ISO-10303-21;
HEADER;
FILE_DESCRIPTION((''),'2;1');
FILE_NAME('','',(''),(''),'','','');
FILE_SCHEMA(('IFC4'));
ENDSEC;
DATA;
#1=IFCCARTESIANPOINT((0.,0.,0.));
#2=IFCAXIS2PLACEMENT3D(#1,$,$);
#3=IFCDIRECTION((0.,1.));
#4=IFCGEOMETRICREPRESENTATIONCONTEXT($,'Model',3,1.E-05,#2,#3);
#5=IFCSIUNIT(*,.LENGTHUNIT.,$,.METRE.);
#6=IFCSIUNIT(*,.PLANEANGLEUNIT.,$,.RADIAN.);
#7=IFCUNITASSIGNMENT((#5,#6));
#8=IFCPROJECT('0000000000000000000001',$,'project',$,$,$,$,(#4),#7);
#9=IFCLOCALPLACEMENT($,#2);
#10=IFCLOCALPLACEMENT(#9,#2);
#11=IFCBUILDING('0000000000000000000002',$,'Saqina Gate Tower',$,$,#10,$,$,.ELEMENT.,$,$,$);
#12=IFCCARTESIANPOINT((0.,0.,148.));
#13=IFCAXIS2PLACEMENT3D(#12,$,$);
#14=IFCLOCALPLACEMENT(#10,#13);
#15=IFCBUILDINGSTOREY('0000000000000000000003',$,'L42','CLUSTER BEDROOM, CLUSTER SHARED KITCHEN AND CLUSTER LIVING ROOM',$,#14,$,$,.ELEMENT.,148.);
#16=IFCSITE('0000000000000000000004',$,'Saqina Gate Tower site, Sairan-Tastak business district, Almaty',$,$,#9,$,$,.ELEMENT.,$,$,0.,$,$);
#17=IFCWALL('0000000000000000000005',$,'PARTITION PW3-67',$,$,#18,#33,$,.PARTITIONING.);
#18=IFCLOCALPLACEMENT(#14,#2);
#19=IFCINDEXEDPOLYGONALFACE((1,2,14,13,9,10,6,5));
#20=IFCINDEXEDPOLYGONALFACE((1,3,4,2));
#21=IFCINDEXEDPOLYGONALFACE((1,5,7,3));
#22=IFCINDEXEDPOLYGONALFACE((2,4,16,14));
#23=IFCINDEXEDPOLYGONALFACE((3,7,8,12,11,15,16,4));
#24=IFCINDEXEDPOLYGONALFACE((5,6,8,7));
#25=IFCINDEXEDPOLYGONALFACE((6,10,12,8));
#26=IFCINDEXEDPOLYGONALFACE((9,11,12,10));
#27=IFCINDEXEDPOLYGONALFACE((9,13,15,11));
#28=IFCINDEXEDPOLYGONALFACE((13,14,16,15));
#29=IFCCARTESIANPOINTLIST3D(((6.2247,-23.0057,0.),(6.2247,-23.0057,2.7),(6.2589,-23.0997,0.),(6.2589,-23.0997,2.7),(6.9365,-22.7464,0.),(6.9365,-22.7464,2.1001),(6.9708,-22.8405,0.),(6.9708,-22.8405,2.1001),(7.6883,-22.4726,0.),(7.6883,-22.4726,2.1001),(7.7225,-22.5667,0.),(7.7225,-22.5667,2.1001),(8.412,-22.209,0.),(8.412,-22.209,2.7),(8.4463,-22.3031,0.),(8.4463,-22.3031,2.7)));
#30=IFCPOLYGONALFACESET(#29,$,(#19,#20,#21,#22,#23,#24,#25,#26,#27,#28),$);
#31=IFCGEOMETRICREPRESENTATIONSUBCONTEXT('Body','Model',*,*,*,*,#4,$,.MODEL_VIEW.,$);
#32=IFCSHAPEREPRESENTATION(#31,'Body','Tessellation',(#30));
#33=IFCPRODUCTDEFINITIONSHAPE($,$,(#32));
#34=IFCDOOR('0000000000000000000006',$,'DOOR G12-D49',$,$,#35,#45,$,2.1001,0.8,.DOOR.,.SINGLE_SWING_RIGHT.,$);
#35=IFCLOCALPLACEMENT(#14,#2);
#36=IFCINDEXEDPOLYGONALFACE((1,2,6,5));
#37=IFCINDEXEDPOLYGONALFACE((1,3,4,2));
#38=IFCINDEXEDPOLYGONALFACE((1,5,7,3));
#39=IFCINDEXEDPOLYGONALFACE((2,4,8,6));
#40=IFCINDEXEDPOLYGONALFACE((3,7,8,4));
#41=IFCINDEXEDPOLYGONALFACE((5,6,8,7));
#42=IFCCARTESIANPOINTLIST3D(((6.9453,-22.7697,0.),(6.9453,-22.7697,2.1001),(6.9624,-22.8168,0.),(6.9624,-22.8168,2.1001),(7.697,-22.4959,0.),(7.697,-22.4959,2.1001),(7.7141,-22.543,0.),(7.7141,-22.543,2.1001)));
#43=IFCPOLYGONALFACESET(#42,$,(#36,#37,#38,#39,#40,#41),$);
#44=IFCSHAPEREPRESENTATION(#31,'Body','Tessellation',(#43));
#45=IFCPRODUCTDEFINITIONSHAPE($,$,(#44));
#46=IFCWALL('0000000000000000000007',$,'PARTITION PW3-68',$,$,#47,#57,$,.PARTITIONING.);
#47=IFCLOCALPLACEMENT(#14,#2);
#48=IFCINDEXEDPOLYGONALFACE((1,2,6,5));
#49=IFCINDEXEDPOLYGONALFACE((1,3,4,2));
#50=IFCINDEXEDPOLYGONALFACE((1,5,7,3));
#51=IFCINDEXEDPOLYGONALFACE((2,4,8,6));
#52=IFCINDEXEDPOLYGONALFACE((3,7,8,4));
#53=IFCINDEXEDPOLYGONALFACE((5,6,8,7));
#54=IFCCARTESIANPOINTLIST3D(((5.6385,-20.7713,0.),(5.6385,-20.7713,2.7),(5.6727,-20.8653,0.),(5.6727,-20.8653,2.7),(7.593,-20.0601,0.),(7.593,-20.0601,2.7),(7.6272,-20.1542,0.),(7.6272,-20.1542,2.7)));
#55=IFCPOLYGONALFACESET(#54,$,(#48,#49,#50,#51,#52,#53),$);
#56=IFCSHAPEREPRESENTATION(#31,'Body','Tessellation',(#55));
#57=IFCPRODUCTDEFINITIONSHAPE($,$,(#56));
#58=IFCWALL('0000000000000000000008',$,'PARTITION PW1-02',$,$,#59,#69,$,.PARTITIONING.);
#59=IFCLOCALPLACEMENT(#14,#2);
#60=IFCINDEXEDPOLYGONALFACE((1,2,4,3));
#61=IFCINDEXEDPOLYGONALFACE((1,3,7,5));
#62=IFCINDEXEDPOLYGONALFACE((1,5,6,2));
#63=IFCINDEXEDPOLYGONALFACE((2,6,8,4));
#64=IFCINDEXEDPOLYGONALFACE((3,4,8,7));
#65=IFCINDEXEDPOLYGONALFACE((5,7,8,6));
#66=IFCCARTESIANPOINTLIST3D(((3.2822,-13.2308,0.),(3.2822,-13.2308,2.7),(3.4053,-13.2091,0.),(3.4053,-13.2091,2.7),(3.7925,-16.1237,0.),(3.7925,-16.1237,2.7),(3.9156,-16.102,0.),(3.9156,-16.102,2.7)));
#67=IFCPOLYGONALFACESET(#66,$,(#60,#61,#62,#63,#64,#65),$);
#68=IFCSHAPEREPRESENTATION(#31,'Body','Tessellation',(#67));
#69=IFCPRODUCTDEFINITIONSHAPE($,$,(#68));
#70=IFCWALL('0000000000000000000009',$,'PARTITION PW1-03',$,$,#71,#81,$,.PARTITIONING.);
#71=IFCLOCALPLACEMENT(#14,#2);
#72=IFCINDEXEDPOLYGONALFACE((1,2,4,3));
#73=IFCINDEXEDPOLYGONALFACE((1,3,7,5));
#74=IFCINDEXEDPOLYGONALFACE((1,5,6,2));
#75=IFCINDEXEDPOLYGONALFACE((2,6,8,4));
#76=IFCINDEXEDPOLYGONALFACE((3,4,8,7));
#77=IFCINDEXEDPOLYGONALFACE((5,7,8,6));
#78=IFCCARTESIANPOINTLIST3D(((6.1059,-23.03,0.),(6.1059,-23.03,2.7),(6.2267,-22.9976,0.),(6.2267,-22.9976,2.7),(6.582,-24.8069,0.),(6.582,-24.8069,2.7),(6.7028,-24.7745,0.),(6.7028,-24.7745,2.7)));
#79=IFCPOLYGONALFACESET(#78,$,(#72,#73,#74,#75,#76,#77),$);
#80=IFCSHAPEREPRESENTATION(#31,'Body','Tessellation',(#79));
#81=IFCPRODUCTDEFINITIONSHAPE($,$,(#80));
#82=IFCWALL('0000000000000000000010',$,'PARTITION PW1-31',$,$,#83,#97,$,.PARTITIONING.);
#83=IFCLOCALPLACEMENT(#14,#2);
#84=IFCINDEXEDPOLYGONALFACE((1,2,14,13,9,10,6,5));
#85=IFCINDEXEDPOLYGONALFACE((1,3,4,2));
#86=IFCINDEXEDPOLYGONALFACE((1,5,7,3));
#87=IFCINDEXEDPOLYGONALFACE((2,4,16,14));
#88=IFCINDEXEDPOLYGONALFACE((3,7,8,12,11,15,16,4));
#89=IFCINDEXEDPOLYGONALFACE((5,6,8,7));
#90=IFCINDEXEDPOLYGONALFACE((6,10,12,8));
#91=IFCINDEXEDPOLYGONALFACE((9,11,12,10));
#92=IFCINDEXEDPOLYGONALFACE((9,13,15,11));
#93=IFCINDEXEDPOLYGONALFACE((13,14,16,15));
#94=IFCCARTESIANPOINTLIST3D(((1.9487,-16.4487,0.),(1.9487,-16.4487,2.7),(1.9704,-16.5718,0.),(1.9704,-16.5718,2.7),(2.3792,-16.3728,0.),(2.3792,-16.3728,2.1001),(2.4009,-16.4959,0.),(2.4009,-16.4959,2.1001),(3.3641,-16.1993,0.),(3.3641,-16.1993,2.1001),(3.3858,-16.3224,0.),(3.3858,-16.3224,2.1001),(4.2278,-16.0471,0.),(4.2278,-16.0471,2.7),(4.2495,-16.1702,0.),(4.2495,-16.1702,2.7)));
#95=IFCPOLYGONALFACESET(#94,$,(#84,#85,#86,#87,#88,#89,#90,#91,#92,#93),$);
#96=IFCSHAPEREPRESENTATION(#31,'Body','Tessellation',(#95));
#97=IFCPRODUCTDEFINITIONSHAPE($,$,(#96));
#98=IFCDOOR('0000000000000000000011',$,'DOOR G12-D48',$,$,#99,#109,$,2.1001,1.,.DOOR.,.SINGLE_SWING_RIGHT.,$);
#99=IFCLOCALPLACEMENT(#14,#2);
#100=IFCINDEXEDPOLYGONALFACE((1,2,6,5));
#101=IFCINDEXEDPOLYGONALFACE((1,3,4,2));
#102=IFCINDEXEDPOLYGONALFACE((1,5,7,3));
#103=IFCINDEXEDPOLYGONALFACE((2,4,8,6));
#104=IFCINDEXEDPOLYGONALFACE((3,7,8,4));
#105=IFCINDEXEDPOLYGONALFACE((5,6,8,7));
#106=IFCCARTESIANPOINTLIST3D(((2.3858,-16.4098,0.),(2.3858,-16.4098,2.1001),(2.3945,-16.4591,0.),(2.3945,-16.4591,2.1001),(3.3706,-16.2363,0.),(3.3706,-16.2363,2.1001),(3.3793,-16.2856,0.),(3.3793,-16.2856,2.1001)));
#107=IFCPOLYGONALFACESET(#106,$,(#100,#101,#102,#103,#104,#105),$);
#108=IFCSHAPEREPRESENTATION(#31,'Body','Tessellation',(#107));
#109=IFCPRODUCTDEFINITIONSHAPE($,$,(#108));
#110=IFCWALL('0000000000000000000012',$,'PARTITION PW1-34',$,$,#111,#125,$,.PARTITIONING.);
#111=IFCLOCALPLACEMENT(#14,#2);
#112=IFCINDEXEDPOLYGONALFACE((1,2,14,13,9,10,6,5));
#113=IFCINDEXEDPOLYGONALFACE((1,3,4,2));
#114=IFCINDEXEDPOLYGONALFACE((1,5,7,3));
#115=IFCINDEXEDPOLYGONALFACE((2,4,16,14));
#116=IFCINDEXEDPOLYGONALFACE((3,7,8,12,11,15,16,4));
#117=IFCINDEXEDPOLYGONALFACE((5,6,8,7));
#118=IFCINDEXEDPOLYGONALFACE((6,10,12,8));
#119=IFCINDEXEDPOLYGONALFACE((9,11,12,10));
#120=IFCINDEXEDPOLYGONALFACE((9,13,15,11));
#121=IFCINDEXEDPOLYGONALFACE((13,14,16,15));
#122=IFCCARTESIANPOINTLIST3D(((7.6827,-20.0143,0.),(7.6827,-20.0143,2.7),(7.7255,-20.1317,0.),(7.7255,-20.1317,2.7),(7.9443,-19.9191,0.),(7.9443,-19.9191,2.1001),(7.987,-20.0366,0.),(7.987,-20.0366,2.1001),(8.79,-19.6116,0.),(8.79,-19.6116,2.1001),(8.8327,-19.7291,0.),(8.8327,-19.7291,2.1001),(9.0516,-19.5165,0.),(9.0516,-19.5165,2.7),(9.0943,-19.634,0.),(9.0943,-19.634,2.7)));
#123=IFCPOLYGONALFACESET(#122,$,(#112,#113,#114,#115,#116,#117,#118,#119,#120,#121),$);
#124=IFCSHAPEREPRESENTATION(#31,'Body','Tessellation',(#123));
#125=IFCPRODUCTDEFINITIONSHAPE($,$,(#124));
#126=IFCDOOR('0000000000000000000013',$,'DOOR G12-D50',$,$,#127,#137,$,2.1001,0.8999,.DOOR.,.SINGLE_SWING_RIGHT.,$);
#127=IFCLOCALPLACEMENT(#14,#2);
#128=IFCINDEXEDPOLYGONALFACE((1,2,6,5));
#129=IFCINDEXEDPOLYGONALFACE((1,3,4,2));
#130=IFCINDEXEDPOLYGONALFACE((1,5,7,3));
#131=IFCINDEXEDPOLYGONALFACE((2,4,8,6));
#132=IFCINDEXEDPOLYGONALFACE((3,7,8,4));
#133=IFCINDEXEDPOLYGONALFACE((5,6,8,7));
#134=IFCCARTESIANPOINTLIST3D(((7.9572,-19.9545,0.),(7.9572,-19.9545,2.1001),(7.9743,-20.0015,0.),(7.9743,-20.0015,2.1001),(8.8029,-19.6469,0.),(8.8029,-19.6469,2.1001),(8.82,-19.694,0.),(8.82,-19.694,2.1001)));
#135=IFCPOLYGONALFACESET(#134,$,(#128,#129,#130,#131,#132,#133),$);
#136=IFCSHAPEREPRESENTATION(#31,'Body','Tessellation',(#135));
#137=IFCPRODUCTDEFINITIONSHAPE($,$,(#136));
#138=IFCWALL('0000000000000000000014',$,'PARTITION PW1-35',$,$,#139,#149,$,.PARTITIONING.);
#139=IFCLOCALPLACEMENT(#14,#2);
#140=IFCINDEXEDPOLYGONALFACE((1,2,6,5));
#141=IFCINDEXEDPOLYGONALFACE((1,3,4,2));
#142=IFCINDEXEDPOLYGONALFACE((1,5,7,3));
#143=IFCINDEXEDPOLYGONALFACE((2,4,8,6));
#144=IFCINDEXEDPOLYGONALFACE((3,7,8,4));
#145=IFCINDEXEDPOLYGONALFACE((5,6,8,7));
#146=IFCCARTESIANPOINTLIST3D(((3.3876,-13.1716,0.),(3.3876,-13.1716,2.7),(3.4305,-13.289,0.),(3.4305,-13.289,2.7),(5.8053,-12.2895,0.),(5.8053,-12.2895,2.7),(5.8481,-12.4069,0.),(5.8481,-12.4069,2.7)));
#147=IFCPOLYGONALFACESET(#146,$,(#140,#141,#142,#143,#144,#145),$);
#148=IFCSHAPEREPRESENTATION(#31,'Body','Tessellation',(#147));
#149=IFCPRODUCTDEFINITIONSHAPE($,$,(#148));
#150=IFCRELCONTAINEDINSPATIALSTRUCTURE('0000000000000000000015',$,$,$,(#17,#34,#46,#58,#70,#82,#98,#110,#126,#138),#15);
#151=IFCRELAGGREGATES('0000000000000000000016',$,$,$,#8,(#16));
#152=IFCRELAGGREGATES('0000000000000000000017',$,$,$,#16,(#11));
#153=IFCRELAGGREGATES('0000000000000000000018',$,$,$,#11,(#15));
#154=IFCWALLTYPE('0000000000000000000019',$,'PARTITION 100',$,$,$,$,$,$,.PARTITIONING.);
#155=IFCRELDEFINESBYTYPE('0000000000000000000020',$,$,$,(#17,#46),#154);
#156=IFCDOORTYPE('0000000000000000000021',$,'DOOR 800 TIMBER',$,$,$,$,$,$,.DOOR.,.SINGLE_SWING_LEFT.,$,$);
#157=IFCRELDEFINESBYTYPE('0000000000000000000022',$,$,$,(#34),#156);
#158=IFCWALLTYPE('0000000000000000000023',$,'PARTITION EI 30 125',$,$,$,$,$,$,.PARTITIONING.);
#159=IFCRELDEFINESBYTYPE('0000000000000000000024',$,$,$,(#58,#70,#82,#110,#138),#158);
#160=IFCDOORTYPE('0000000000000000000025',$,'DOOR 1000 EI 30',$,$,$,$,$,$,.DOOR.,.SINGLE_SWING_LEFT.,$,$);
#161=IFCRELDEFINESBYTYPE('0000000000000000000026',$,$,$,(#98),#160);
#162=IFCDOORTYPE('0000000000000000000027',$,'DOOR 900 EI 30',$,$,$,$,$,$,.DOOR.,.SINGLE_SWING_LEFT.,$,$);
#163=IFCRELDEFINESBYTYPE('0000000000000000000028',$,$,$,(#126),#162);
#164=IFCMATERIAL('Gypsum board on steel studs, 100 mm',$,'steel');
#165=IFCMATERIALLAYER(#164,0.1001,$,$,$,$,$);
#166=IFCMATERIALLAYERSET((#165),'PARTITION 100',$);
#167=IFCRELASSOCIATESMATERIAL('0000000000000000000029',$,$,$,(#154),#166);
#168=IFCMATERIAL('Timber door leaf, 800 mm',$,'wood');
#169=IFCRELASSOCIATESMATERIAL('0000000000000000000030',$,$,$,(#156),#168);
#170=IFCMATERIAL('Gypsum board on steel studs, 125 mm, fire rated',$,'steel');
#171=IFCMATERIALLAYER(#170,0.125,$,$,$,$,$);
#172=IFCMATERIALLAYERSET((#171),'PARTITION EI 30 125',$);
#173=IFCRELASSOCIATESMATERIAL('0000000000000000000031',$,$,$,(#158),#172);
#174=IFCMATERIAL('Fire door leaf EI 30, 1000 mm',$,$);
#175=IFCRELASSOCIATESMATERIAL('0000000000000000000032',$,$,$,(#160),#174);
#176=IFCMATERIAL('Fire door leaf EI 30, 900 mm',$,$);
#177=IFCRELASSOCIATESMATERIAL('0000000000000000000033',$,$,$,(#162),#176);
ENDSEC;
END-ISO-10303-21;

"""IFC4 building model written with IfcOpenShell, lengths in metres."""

from ifc_helpers import new_model, si_unit, direction, frame, frame_2d, origin, place, context, subcontext, project, spatial, rectangle, extrude, material, layer, layer_set, type_object, element, fill, save


model = new_model("IFC4")

# Units and contexts
model_context = context("Model", 3, precision=1e-05, world=origin(), true_north=direction((0.0, 1.0)))
body_context = subcontext(model_context, "Body", "Model", "MODEL_VIEW")
ifc_project = project(units=[si_unit("LENGTHUNIT", "METRE"), si_unit("PLANEANGLEUNIT", "RADIAN")], contexts=[model_context])

# Site, building, storey
site_placement = place(None, origin())
site = spatial("IfcSite", under=ifc_project, at=site_placement, Name="Saqina Gate Tower site, Sairan-Tastak business district, Almaty", CompositionType="ELEMENT", RefElevation=0.0)
building_placement = place(site_placement, origin())
building = spatial("IfcBuilding", under=site, at=building_placement, Name="Saqina Gate Tower", CompositionType="ELEMENT")
storey_placement = place(building_placement, frame((0.0, 0.0, 148.0)))
storey = spatial("IfcBuildingStorey", under=building, at=storey_placement, Name="L42", Description="CLUSTER BEDROOM, CLUSTER SHARED KITCHEN AND CLUSTER LIVING ROOM", CompositionType="ELEMENT", Elevation=148.0)

# Shared definitions
ifc_material_1 = material(Name="Gypsum board on steel studs, 100 mm", Category="steel")
ifc_layer_1 = layer(ifc_material_1, 0.1001)
ifc_layer_set_1 = layer_set([ifc_layer_1], Name="PARTITION 100")
wall_type_1 = type_object("IfcWallType", Name="PARTITION 100", PredefinedType="PARTITIONING", material=ifc_layer_set_1)

# Wall, opening, door
wall_1_placement = place(storey_placement, frame((6.2417, -23.0527, 0.0), z_axis=(0.0, 0.0, 1.0), x_axis=(0.939619, 0.342223, 0.0)))
wall_1 = element("IfcWall", 1, at=wall_1_placement, inside=storey, type_object=wall_type_1, Name="PARTITION PW3-67", PredefinedType="PARTITIONING", context=body_context, shape_type="SweptSolid", body=[
    extrude(rectangle(XDim=2.3279, YDim=0.1001, at=frame_2d((1.1641, 0.0))), origin(), (0.0, 0.0, 1.0), 2.7),
])
opening_1_placement = place(wall_1_placement, frame((0.7578, 0.0, 0.0)))
opening_1 = element("IfcOpeningElement", 2, at=opening_1_placement, cuts=wall_1, PredefinedType="OPENING", context=body_context, shape_type="SweptSolid", body=[
    extrude(rectangle(XDim=0.8, YDim=2.1001, at=frame_2d((0.3999, 1.05))), frame((0.0, 0.062, 0.0), z_axis=(0.0, -1.0, 0.0), x_axis=(1.0, 0.0, 0.0)), (0.0, 0.0, 1.0), 0.124),
])
ifc_material_2 = material(Name="Timber door leaf, 800 mm", Category="wood")
door_type_1 = type_object("IfcDoorType", Name="DOOR 800 TIMBER", OperationType="SINGLE_SWING_LEFT", PredefinedType="DOOR", material=ifc_material_2)
door_1_placement = place(opening_1_placement, frame((0.8, 0.0, 0.0), z_axis=(0.0, 0.0, 1.0), x_axis=(-1.0, 0.0, 0.0)))
door_1 = element("IfcDoor", 3, at=door_1_placement, inside=storey, type_object=door_type_1, Name="DOOR G12-D49", OperationType="SINGLE_SWING_RIGHT", OverallHeight=2.1001, OverallWidth=0.8, PredefinedType="DOOR", context=body_context, shape_type="SweptSolid", body=[
    extrude(rectangle(XDim=0.8, YDim=2.1001, at=frame_2d((0.3999, 1.05))), frame((0.0, 0.0249, 0.0), z_axis=(0.0, -1.0, 0.0), x_axis=(1.0, 0.0, 0.0)), (0.0, 0.0, 1.0), 0.05),
])
fill(opening_1, door_1)

# Walls
wall_2_placement = place(storey_placement, frame((5.6555, -20.8184, 0.0), z_axis=(0.0, 0.0, 1.0), x_axis=(0.939728, 0.341922, 0.0)))
element("IfcWall", 4, at=wall_2_placement, inside=storey, type_object=wall_type_1, Name="PARTITION PW3-68", PredefinedType="PARTITIONING", context=body_context, shape_type="SweptSolid", body=[
    extrude(rectangle(XDim=2.0798, YDim=0.1001, at=frame_2d((1.04, 0.0))), origin(), (0.0, 0.0, 1.0), 2.7),
])
ifc_material_3 = material(Name="Gypsum board on steel studs, 125 mm, fire rated", Category="steel")
ifc_layer_2 = layer(ifc_material_3, 0.125)
ifc_layer_set_2 = layer_set([ifc_layer_2], Name="PARTITION EI 30 125")
wall_type_2 = type_object("IfcWallType", Name="PARTITION EI 30 125", PredefinedType="PARTITIONING", material=ifc_layer_set_2)
wall_3_placement = place(storey_placement, frame((3.3438, -13.22, 0.0), z_axis=(0.0, 0.0, 1.0), x_axis=(0.173705, -0.984798, 0.0)))
element("IfcWall", 5, at=wall_3_placement, inside=storey, type_object=wall_type_2, Name="PARTITION PW1-02", PredefinedType="PARTITIONING", context=body_context, shape_type="SweptSolid", body=[
    extrude(rectangle(XDim=2.9375, YDim=0.125, at=frame_2d((1.4688, 0.0))), origin(), (0.0, 0.0, 1.0), 2.7),
])
wall_4_placement = place(storey_placement, frame((6.1663, -23.0137, 0.0), z_axis=(0.0, 0.0, 1.0), x_axis=(0.258802, -0.96593, 0.0)))
element("IfcWall", 6, at=wall_4_placement, inside=storey, type_object=wall_type_2, Name="PARTITION PW1-03", PredefinedType="PARTITIONING", context=body_context, shape_type="SweptSolid", body=[
    extrude(rectangle(XDim=1.8396, YDim=0.125, at=frame_2d((0.9199, 0.0))), origin(), (0.0, 0.0, 1.0), 2.7),
])

# Walls, openings, doors
wall_5_placement = place(storey_placement, frame((1.9595, -16.5103, 0.0), z_axis=(0.0, 0.0, 1.0), x_axis=(0.984826, 0.173545, 0.0)))
wall_5 = element("IfcWall", 7, at=wall_5_placement, inside=storey, type_object=wall_type_2, Name="PARTITION PW1-31", PredefinedType="PARTITIONING", context=body_context, shape_type="SweptSolid", body=[
    extrude(rectangle(XDim=2.3142, YDim=0.125, at=frame_2d((1.1572, 0.0))), origin(), (0.0, 0.0, 1.0), 2.7),
])
opening_2_placement = place(wall_5_placement, frame((0.4373, 0.0, 0.0)))
opening_2 = element("IfcOpeningElement", 8, at=opening_2_placement, cuts=wall_5, PredefinedType="OPENING", context=body_context, shape_type="SweptSolid", body=[
    extrude(rectangle(XDim=1.0, YDim=2.1001, at=frame_2d((0.5, 1.05))), frame((0.0, 0.0745, 0.0), z_axis=(0.0, -1.0, 0.0), x_axis=(1.0, 0.0, 0.0)), (0.0, 0.0, 1.0), 0.1489),
])
ifc_material_4 = material(Name="Fire door leaf EI 30, 1000 mm")
door_type_2 = type_object("IfcDoorType", Name="DOOR 1000 EI 30", OperationType="SINGLE_SWING_LEFT", PredefinedType="DOOR", material=ifc_material_4)
door_2_placement = place(opening_2_placement, origin())
door_2 = element("IfcDoor", 9, at=door_2_placement, inside=storey, type_object=door_type_2, Name="DOOR G12-D48", OperationType="SINGLE_SWING_RIGHT", OverallHeight=2.1001, OverallWidth=1.0, PredefinedType="DOOR", context=body_context, shape_type="SweptSolid", body=[
    extrude(rectangle(XDim=1.0, YDim=2.1001, at=frame_2d((0.5, 1.05))), frame((0.0, 0.0249, 0.0), z_axis=(0.0, -1.0, 0.0), x_axis=(1.0, 0.0, 0.0)), (0.0, 0.0, 1.0), 0.05),
])
fill(opening_2, door_2)
wall_6_placement = place(storey_placement, frame((7.7041, -20.073, 0.0), z_axis=(0.0, 0.0, 1.0), x_axis=(0.939789, 0.341757, 0.0)))
wall_6 = element("IfcWall", 10, at=wall_6_placement, inside=storey, type_object=wall_type_2, Name="PARTITION PW1-34", PredefinedType="PARTITIONING", context=body_context, shape_type="SweptSolid", body=[
    extrude(rectangle(XDim=1.4565, YDim=0.125, at=frame_2d((0.7283, 0.0))), origin(), (0.0, 0.0, 1.0), 2.7),
])
opening_3_placement = place(wall_6_placement, frame((0.2783, 0.0, 0.0)))
opening_3 = element("IfcOpeningElement", 11, at=opening_3_placement, cuts=wall_6, PredefinedType="OPENING", context=body_context, shape_type="SweptSolid", body=[
    extrude(rectangle(XDim=0.8999, YDim=2.1001, at=frame_2d((0.45, 1.05))), frame((0.0, 0.0745, 0.0), z_axis=(0.0, -1.0, 0.0), x_axis=(1.0, 0.0, 0.0)), (0.0, 0.0, 1.0), 0.1489),
])
ifc_material_5 = material(Name="Fire door leaf EI 30, 900 mm")
door_type_3 = type_object("IfcDoorType", Name="DOOR 900 EI 30", OperationType="SINGLE_SWING_LEFT", PredefinedType="DOOR", material=ifc_material_5)
door_3_placement = place(opening_3_placement, origin())
door_3 = element("IfcDoor", 12, at=door_3_placement, inside=storey, type_object=door_type_3, Name="DOOR G12-D50", OperationType="SINGLE_SWING_RIGHT", OverallHeight=2.1001, OverallWidth=0.8999, PredefinedType="DOOR", context=body_context, shape_type="SweptSolid", body=[
    extrude(rectangle(XDim=0.8999, YDim=2.1001, at=frame_2d((0.45, 1.05))), frame((0.0, 0.0249, 0.0), z_axis=(0.0, -1.0, 0.0), x_axis=(1.0, 0.0, 0.0)), (0.0, 0.0, 1.0), 0.05),
])
fill(opening_3, door_3)

# Wall
wall_7_placement = place(storey_placement, frame((3.4092, -13.2302, 0.0), z_axis=(0.0, 0.0, 1.0), x_axis=(0.93943, 0.342741, 0.0)))
element("IfcWall", 13, at=wall_7_placement, inside=storey, type_object=wall_type_2, Name="PARTITION PW1-35", PredefinedType="PARTITIONING", context=body_context, shape_type="SweptSolid", body=[
    extrude(rectangle(XDim=2.5735, YDim=0.125, at=frame_2d((1.2866, 0.0))), origin(), (0.0, 0.0, 1.0), 2.7),
])

save(model, "model.ifc")
